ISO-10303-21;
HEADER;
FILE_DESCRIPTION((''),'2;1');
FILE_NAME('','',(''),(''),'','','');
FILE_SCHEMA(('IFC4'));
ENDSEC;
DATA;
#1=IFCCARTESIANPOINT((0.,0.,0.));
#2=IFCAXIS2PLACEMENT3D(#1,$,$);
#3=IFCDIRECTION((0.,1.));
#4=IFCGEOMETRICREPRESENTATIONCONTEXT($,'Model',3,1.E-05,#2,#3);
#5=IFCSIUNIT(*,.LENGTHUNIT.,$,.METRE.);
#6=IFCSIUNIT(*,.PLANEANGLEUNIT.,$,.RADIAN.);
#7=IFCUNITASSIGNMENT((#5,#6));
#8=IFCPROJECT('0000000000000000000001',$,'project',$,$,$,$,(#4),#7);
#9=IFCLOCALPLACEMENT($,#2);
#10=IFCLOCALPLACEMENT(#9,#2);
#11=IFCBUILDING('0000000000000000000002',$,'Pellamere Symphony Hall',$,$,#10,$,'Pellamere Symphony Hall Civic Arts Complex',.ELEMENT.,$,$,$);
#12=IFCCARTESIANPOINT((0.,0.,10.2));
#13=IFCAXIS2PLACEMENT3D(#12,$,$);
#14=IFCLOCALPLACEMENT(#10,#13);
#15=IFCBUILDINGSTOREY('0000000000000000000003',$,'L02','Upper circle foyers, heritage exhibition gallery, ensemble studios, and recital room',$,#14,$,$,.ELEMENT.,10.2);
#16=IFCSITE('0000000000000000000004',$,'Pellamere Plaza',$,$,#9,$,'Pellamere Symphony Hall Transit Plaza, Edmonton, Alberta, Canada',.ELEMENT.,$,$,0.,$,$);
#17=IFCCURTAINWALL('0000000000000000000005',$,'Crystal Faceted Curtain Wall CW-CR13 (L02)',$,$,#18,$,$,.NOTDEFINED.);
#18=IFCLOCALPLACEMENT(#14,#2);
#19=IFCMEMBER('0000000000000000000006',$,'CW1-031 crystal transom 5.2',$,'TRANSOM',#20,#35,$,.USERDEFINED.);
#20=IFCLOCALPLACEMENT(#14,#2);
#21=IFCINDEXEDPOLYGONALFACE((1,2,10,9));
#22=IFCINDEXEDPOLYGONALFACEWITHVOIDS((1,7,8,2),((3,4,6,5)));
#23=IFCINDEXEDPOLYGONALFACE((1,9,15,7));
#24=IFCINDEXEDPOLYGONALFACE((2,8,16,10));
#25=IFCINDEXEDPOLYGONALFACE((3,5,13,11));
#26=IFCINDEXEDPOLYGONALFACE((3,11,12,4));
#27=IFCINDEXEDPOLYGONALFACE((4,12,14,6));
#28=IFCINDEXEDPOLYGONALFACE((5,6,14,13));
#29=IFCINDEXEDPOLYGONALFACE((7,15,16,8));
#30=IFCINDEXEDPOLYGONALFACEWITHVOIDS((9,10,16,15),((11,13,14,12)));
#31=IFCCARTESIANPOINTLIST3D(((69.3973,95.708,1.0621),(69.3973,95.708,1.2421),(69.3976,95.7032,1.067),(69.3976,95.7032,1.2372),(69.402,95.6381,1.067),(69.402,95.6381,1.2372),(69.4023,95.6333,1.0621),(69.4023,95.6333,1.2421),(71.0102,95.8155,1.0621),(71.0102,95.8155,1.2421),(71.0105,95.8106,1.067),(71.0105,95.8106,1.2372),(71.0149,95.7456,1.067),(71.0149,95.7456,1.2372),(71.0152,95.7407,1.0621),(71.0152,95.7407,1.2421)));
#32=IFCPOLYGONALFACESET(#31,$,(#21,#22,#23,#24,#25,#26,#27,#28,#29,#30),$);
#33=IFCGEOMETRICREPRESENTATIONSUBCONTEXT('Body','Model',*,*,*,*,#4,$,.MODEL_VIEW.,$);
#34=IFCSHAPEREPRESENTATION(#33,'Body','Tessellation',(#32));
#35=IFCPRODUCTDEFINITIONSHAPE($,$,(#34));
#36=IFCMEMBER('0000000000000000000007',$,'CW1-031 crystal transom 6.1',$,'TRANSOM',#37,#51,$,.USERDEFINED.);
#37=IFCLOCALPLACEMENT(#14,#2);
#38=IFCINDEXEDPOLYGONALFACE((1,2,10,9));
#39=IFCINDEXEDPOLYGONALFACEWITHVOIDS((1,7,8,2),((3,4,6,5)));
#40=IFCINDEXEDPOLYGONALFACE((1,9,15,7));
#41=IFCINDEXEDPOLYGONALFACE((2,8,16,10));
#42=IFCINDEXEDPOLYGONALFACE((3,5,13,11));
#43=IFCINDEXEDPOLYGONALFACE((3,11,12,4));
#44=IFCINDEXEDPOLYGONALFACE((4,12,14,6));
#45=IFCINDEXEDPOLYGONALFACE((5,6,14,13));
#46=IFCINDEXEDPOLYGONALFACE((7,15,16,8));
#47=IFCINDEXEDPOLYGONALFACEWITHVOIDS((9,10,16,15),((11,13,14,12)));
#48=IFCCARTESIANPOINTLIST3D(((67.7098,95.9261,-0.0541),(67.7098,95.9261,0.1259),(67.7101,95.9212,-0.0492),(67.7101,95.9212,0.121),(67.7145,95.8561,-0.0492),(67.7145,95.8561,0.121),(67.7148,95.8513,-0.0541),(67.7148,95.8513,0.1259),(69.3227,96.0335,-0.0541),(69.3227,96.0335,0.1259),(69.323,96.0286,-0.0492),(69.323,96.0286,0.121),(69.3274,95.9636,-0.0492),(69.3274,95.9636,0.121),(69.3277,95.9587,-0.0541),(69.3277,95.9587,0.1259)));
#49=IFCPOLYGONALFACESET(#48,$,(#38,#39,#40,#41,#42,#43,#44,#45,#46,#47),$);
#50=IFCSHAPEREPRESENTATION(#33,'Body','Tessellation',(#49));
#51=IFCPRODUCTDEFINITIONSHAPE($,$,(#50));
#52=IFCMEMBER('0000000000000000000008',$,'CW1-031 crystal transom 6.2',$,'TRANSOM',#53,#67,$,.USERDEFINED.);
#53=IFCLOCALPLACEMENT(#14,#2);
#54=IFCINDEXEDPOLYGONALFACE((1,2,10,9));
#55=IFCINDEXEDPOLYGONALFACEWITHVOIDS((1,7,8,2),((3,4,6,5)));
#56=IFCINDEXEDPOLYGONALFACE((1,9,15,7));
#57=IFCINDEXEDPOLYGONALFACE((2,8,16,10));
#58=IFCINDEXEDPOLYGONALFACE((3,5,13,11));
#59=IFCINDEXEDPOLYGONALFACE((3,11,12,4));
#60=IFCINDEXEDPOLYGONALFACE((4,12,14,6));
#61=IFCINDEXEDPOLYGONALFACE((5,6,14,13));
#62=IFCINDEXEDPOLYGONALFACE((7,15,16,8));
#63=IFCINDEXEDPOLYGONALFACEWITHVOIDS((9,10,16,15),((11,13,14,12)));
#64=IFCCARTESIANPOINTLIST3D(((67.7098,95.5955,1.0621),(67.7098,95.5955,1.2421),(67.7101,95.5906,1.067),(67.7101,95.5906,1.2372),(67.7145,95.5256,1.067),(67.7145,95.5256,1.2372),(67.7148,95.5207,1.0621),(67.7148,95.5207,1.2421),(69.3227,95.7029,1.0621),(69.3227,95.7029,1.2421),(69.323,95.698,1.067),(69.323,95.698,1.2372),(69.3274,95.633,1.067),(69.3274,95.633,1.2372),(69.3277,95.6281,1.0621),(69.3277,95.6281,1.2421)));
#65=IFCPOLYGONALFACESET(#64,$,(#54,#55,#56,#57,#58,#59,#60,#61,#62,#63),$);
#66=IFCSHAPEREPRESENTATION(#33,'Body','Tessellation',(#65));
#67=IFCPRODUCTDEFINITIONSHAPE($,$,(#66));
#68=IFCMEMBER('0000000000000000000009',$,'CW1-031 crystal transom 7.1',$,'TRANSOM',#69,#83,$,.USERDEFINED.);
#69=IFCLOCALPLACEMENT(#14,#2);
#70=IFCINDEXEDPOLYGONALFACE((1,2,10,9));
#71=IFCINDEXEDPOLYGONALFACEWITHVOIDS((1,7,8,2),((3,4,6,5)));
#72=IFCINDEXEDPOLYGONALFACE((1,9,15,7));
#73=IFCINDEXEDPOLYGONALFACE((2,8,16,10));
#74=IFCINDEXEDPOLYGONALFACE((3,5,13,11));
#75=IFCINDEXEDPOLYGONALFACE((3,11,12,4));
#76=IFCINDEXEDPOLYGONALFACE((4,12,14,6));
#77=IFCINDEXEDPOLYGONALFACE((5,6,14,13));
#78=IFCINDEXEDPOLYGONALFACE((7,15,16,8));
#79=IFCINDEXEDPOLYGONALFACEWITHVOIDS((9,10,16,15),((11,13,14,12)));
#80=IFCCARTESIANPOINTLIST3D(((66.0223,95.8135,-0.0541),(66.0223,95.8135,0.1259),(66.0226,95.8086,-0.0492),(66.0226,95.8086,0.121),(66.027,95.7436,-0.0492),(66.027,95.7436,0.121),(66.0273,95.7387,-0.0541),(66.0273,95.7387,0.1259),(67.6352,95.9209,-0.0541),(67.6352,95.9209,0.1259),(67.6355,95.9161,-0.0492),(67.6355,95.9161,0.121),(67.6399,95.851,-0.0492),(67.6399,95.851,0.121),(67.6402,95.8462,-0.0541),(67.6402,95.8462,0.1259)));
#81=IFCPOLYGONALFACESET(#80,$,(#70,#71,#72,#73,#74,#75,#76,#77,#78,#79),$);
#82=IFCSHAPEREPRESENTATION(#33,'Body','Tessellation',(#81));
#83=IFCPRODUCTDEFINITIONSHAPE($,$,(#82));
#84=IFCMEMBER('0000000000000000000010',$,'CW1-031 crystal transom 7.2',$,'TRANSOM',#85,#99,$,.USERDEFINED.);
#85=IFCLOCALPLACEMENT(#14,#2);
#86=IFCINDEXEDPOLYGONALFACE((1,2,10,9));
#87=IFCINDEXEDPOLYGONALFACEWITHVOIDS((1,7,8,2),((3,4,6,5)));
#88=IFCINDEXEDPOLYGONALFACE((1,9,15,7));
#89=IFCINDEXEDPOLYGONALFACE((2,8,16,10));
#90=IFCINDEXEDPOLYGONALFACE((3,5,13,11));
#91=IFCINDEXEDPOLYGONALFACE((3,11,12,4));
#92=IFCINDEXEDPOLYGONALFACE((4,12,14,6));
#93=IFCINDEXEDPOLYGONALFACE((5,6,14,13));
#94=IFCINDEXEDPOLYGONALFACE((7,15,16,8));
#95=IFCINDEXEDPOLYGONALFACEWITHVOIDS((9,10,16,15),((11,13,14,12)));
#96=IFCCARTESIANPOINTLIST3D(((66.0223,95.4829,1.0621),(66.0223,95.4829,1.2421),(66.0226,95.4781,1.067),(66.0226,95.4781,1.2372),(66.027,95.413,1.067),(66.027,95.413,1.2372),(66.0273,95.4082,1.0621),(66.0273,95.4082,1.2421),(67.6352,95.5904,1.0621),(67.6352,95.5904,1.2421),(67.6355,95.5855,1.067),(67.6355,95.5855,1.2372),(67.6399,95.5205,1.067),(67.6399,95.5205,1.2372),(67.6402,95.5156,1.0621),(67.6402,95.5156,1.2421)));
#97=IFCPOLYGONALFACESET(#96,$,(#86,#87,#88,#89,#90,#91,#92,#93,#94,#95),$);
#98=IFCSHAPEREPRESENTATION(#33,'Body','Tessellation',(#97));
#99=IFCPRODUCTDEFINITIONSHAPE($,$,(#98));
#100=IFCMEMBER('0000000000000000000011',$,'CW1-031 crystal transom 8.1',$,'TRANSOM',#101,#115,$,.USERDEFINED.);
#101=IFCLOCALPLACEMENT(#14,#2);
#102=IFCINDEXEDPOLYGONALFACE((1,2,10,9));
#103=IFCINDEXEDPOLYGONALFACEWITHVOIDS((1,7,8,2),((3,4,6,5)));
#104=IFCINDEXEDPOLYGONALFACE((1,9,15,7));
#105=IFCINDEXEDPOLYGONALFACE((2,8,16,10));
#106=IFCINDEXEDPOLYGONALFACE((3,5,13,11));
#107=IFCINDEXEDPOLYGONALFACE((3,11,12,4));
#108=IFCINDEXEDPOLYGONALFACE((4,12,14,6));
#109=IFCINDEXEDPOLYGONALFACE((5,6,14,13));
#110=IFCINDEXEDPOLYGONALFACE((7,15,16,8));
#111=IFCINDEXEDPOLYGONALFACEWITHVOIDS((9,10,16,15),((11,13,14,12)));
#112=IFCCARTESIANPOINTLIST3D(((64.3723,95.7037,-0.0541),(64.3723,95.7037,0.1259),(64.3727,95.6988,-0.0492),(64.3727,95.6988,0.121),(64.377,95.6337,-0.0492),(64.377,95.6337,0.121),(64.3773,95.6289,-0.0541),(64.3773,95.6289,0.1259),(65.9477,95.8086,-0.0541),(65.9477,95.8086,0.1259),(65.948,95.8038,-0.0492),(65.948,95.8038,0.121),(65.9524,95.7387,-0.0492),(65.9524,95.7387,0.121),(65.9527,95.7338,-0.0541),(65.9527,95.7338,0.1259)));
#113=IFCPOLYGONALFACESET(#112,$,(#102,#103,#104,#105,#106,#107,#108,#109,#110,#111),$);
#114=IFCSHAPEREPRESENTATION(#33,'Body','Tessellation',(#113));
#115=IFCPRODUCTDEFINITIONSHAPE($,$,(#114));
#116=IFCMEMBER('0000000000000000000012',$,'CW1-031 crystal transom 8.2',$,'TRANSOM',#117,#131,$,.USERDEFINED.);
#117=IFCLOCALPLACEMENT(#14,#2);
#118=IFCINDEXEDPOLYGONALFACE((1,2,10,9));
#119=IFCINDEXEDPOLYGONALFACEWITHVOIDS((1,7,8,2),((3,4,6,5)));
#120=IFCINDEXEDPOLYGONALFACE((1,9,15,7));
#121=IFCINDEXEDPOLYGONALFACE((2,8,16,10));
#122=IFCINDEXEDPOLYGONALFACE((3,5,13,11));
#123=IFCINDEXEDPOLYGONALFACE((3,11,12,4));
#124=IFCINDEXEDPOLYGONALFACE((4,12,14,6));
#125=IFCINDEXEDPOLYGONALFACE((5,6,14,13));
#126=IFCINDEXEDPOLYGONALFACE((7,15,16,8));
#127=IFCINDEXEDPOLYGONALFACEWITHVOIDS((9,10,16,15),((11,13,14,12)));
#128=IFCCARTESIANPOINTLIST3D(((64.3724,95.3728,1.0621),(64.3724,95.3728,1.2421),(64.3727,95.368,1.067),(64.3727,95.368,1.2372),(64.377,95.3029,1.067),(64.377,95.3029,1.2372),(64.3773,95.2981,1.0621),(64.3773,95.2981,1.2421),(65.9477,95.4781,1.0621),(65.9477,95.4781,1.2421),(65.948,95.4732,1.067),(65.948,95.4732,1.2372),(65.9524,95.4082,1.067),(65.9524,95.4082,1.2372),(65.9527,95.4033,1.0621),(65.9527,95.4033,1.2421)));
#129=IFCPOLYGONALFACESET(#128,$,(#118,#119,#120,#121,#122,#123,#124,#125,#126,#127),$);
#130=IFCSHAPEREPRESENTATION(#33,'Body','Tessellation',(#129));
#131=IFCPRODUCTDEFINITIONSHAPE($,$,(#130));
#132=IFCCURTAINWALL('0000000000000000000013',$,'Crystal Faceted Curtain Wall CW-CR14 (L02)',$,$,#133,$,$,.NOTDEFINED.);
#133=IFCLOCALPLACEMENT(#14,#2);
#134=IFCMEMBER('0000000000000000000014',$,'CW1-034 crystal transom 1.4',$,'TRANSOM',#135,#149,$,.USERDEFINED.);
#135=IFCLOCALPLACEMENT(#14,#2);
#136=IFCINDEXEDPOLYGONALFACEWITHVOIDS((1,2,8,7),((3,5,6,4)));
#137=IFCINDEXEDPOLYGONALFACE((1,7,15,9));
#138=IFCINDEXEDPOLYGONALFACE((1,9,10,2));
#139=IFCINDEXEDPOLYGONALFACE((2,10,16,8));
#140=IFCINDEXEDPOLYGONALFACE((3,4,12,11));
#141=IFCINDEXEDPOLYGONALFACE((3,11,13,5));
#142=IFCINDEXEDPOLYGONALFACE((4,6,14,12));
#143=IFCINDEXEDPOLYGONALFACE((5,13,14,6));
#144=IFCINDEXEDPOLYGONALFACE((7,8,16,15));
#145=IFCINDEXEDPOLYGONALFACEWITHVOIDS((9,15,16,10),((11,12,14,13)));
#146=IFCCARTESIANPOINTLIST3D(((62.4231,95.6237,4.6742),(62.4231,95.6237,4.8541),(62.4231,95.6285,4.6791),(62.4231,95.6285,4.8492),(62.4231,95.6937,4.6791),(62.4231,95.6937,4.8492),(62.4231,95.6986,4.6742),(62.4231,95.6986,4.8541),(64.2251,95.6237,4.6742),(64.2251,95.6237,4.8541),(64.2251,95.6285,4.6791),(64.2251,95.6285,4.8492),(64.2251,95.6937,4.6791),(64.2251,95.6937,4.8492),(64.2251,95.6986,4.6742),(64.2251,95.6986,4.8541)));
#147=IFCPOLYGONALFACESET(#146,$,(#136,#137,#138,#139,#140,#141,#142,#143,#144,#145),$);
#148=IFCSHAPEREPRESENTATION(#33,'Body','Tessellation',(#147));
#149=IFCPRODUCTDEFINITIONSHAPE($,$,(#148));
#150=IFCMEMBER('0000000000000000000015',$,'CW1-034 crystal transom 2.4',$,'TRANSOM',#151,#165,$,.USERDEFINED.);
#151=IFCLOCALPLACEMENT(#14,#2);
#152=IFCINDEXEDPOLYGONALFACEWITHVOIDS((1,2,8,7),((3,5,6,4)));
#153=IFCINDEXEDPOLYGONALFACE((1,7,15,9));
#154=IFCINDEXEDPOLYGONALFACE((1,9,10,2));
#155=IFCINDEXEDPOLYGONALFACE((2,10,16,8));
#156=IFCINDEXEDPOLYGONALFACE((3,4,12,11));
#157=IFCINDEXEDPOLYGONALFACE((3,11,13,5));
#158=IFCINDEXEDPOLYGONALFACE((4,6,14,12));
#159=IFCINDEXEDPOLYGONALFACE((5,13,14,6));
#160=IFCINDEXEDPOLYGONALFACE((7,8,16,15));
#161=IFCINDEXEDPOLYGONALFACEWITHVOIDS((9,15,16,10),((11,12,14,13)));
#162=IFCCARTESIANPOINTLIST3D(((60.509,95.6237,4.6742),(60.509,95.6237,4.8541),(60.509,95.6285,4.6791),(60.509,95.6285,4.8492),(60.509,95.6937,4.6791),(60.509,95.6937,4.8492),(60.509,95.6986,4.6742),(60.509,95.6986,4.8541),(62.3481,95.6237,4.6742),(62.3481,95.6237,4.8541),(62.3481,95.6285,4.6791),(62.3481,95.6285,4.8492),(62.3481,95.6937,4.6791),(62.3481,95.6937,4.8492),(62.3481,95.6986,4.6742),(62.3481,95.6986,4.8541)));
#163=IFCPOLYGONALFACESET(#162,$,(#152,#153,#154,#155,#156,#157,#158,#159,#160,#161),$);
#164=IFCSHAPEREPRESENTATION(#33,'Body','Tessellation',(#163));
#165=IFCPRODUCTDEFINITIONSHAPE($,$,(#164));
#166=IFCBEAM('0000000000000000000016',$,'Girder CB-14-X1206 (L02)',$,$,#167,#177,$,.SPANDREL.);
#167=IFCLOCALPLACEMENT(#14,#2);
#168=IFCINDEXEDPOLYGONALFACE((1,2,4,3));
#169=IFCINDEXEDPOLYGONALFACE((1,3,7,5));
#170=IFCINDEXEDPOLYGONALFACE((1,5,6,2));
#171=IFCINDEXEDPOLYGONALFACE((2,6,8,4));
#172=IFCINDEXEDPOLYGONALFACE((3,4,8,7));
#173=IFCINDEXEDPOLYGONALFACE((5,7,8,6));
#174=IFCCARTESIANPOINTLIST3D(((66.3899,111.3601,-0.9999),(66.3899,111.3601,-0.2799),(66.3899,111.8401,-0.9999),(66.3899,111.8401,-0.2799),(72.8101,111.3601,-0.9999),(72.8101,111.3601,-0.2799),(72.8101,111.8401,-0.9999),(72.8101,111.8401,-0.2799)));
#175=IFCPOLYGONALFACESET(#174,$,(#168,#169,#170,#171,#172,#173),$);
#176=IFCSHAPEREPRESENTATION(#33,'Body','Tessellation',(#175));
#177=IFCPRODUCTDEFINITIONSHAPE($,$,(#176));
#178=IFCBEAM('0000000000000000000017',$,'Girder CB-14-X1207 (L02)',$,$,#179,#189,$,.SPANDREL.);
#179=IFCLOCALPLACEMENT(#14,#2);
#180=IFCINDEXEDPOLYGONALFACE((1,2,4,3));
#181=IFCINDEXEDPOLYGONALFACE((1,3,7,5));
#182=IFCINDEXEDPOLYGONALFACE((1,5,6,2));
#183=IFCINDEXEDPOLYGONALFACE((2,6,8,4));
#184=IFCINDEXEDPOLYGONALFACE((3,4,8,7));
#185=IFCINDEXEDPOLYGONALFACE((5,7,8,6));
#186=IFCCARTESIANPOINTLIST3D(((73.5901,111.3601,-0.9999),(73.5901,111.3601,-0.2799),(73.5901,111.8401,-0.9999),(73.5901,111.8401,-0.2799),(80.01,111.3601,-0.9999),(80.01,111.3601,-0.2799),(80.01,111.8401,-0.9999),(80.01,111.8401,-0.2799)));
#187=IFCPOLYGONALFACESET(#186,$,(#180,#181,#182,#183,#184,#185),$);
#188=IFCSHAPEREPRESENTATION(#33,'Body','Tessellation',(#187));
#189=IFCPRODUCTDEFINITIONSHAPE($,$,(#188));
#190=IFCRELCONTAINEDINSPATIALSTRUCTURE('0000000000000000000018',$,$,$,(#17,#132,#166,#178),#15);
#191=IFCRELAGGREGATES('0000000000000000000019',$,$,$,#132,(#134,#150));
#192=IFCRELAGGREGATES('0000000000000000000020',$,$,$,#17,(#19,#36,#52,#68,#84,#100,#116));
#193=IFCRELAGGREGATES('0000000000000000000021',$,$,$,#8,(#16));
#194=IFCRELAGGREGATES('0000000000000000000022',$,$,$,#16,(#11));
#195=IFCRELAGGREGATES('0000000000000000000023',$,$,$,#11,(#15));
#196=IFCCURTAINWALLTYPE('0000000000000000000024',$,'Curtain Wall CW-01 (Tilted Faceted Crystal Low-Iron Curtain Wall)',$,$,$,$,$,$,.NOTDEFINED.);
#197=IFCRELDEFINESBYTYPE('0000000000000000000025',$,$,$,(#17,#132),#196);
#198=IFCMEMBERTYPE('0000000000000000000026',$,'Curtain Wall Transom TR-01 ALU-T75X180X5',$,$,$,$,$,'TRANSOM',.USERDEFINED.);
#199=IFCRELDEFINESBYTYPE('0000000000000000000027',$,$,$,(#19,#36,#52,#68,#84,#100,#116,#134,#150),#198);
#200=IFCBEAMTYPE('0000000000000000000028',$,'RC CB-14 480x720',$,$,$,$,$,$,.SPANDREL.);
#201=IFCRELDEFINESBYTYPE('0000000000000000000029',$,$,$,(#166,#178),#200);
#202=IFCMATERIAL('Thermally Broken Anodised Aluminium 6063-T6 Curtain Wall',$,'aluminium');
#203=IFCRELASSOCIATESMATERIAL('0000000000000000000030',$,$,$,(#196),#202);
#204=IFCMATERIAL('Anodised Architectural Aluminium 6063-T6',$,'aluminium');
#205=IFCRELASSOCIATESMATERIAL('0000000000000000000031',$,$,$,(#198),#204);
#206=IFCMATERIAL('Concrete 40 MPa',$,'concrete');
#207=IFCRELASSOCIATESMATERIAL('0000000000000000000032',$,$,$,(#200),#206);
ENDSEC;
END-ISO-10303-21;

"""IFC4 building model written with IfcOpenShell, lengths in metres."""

from ifc_helpers import new_model, si_unit, direction, frame, origin, origin_2d, place, context, subcontext, project, spatial, rectangle, hollow_rectangle, extrude, material, material_profile, profile_set, type_object, element, aggregate, save


model = new_model("IFC4")

# Units and contexts
model_context = context("Model", 3, precision=1e-05, world=origin(), true_north=direction((0.0, 1.0)))
body_context = subcontext(model_context, "Body", "Model", "MODEL_VIEW")
ifc_project = project(units=[si_unit("LENGTHUNIT", "METRE"), si_unit("PLANEANGLEUNIT", "RADIAN")], contexts=[model_context])

# Site, building, storey
site_placement = place(None, origin())
site = spatial("IfcSite", under=ifc_project, at=site_placement, Name="Pellamere Plaza", LongName="Pellamere Symphony Hall Transit Plaza, Edmonton, Alberta, Canada", CompositionType="ELEMENT", RefElevation=0.0)
building_placement = place(site_placement, origin())
building = spatial("IfcBuilding", under=site, at=building_placement, Name="Pellamere Symphony Hall", LongName="Pellamere Symphony Hall Civic Arts Complex", CompositionType="ELEMENT")
storey_placement = place(building_placement, frame((0.0, 0.0, 10.2)))
storey = spatial("IfcBuildingStorey", under=building, at=storey_placement, Name="L02", Description="Upper circle foyers, heritage exhibition gallery, ensemble studios, and recital room", CompositionType="ELEMENT", Elevation=10.2)

# Curtain walls, members
ifc_material_1 = material(Name="Thermally Broken Anodised Aluminium 6063-T6 Curtain Wall", Category="aluminium")
curtain_wall_type = type_object("IfcCurtainWallType", Name="Curtain Wall CW-01 (Tilted Faceted Crystal Low-Iron Curtain Wall)", PredefinedType="NOTDEFINED", material=ifc_material_1)
curtain_wall_1_placement = place(storey_placement, origin())
curtain_wall_1 = element("IfcCurtainWall", 1, at=curtain_wall_1_placement, inside=storey, type_object=curtain_wall_type, Name="Crystal Faceted Curtain Wall CW-CR13 (L02)", PredefinedType="NOTDEFINED")
ifc_material_2 = material(Name="Anodised Architectural Aluminium 6063-T6", Category="aluminium")
ifc_material_profile_1 = material_profile(ifc_material_2, hollow_rectangle(XDim=0.075, YDim=0.1799, WallThickness=0.0049, at=origin_2d()), Name="ALU-T75X180X5")
ifc_profile_set_1 = profile_set([ifc_material_profile_1], Name="Anodised Architectural Aluminium 6063-T6")
member_type_1 = type_object("IfcMemberType", Name="Curtain Wall Transom TR-01 ALU-T75X180X5", ElementType="TRANSOM", PredefinedType="USERDEFINED", material=ifc_profile_set_1)
member_1_placement = place(storey_placement, frame((71.0127, 95.7781, 1.1521), z_axis=(-0.997789, -0.066459, 0.0), x_axis=(0.066459, -0.997789, 0.0)))
member_1 = element("IfcMember", 2, at=member_1_placement, type_object=member_type_1, Name="CW1-031 crystal transom 5.2", ObjectType="TRANSOM", PredefinedType="USERDEFINED", context=body_context, shape_type="SweptSolid", body=[
    extrude(hollow_rectangle(XDim=0.075, YDim=0.1799, WallThickness=0.0049, at=origin_2d()), origin(), (0.0, 0.0, 1.0), 1.6165),
])
member_2_placement = place(storey_placement, frame((69.3252, 95.9961, 0.0359), z_axis=(-0.997789, -0.066459, 0.0), x_axis=(0.066459, -0.997789, 0.0)))
member_2 = element("IfcMember", 3, at=member_2_placement, type_object=member_type_1, Name="CW1-031 crystal transom 6.1", ObjectType="TRANSOM", PredefinedType="USERDEFINED", context=body_context, shape_type="SweptSolid", body=[
    extrude(hollow_rectangle(XDim=0.075, YDim=0.1799, WallThickness=0.0049, at=origin_2d()), origin(), (0.0, 0.0, 1.0), 1.6165),
])
member_3_placement = place(storey_placement, frame((69.3252, 95.6655, 1.1521), z_axis=(-0.997789, -0.066459, 0.0), x_axis=(0.066459, -0.997789, 0.0)))
member_3 = element("IfcMember", 4, at=member_3_placement, type_object=member_type_1, Name="CW1-031 crystal transom 6.2", ObjectType="TRANSOM", PredefinedType="USERDEFINED", context=body_context, shape_type="SweptSolid", body=[
    extrude(hollow_rectangle(XDim=0.075, YDim=0.1799, WallThickness=0.0049, at=origin_2d()), origin(), (0.0, 0.0, 1.0), 1.6165),
])
member_4_placement = place(storey_placement, frame((67.6377, 95.8835, 0.0359), z_axis=(-0.997789, -0.066459, 0.0), x_axis=(0.066459, -0.997789, 0.0)))
member_4 = element("IfcMember", 5, at=member_4_placement, type_object=member_type_1, Name="CW1-031 crystal transom 7.1", ObjectType="TRANSOM", PredefinedType="USERDEFINED", context=body_context, shape_type="SweptSolid", body=[
    extrude(hollow_rectangle(XDim=0.075, YDim=0.1799, WallThickness=0.0049, at=origin_2d()), origin(), (0.0, 0.0, 1.0), 1.6165),
])
member_5_placement = place(storey_placement, frame((67.6377, 95.553, 1.1521), z_axis=(-0.997789, -0.066459, 0.0), x_axis=(0.066459, -0.997789, 0.0)))
member_5 = element("IfcMember", 6, at=member_5_placement, type_object=member_type_1, Name="CW1-031 crystal transom 7.2", ObjectType="TRANSOM", PredefinedType="USERDEFINED", context=body_context, shape_type="SweptSolid", body=[
    extrude(hollow_rectangle(XDim=0.075, YDim=0.1799, WallThickness=0.0049, at=origin_2d()), origin(), (0.0, 0.0, 1.0), 1.6165),
])
member_6_placement = place(storey_placement, frame((65.9502, 95.7712, 0.0359), z_axis=(-0.997787, -0.066488, 0.0), x_axis=(0.066488, -0.997787, 0.0)))
member_6 = element("IfcMember", 7, at=member_6_placement, type_object=member_type_1, Name="CW1-031 crystal transom 8.1", ObjectType="TRANSOM", PredefinedType="USERDEFINED", context=body_context, shape_type="SweptSolid", body=[
    extrude(hollow_rectangle(XDim=0.075, YDim=0.1799, WallThickness=0.0049, at=origin_2d()), origin(), (0.0, 0.0, 1.0), 1.5789),
])
member_7_placement = place(storey_placement, frame((65.9502, 95.4407, 1.1521), z_axis=(-0.997777, -0.066642, 0.0), x_axis=(0.066642, -0.997777, 0.0)))
member_7 = element("IfcMember", 8, at=member_7_placement, type_object=member_type_1, Name="CW1-031 crystal transom 8.2", ObjectType="TRANSOM", PredefinedType="USERDEFINED", context=body_context, shape_type="SweptSolid", body=[
    extrude(hollow_rectangle(XDim=0.075, YDim=0.1799, WallThickness=0.0049, at=origin_2d()), origin(), (0.0, 0.0, 1.0), 1.5789),
])
curtain_wall_2_placement = place(storey_placement, origin())
curtain_wall_2 = element("IfcCurtainWall", 9, at=curtain_wall_2_placement, inside=storey, type_object=curtain_wall_type, Name="Crystal Faceted Curtain Wall CW-CR14 (L02)", PredefinedType="NOTDEFINED")
member_8_placement = place(storey_placement, frame((64.2251, 95.6611, 4.7642), z_axis=(-1.0, 0.0, 0.0), x_axis=(0.0, -1.0, 0.0)))
member_8 = element("IfcMember", 10, at=member_8_placement, type_object=member_type_1, Name="CW1-034 crystal transom 1.4", ObjectType="TRANSOM", PredefinedType="USERDEFINED", context=body_context, shape_type="SweptSolid", body=[
    extrude(hollow_rectangle(XDim=0.075, YDim=0.1799, WallThickness=0.0049, at=origin_2d()), origin(), (0.0, 0.0, 1.0), 1.802),
])
member_9_placement = place(storey_placement, frame((62.3481, 95.6611, 4.7642), z_axis=(-1.0, 0.0, 0.0), x_axis=(0.0, -1.0, 0.0)))
member_9 = element("IfcMember", 11, at=member_9_placement, type_object=member_type_1, Name="CW1-034 crystal transom 2.4", ObjectType="TRANSOM", PredefinedType="USERDEFINED", context=body_context, shape_type="SweptSolid", body=[
    extrude(hollow_rectangle(XDim=0.075, YDim=0.1799, WallThickness=0.0049, at=origin_2d()), origin(), (0.0, 0.0, 1.0), 1.8391),
])
aggregate(curtain_wall_2, [member_8, member_9])

# Beams
ifc_material_3 = material(Name="Concrete 40 MPa", Category="concrete")
ifc_material_profile_2 = material_profile(ifc_material_3, rectangle(XDim=0.48, YDim=0.72, at=origin_2d()), Name="RC 480x720")
ifc_profile_set_2 = profile_set([ifc_material_profile_2], Name="Concrete 40 MPa")
beam_type = type_object("IfcBeamType", Name="RC CB-14 480x720", PredefinedType="SPANDREL", material=ifc_profile_set_2)
beam_1_placement = place(storey_placement, frame((66.3899, 111.6001, -0.6399), z_axis=(1.0, 0.0, 0.0), x_axis=(0.0, 1.0, 0.0)))
element("IfcBeam", 12, at=beam_1_placement, inside=storey, type_object=beam_type, Name="Girder CB-14-X1206 (L02)", PredefinedType="SPANDREL", context=body_context, shape_type="SweptSolid", body=[
    extrude(rectangle(XDim=0.48, YDim=0.72, at=origin_2d()), origin(), (0.0, 0.0, 1.0), 6.4202),
])
beam_2_placement = place(storey_placement, frame((73.5901, 111.6001, -0.6399), z_axis=(1.0, 0.0, 0.0), x_axis=(0.0, 1.0, 0.0)))
element("IfcBeam", 13, at=beam_2_placement, inside=storey, type_object=beam_type, Name="Girder CB-14-X1207 (L02)", PredefinedType="SPANDREL", context=body_context, shape_type="SweptSolid", body=[
    extrude(rectangle(XDim=0.48, YDim=0.72, at=origin_2d()), origin(), (0.0, 0.0, 1.0), 6.4199),
])

aggregate(curtain_wall_1, [member_1, member_2, member_3, member_4, member_5, member_6, member_7])

save(model, "model.ifc")
